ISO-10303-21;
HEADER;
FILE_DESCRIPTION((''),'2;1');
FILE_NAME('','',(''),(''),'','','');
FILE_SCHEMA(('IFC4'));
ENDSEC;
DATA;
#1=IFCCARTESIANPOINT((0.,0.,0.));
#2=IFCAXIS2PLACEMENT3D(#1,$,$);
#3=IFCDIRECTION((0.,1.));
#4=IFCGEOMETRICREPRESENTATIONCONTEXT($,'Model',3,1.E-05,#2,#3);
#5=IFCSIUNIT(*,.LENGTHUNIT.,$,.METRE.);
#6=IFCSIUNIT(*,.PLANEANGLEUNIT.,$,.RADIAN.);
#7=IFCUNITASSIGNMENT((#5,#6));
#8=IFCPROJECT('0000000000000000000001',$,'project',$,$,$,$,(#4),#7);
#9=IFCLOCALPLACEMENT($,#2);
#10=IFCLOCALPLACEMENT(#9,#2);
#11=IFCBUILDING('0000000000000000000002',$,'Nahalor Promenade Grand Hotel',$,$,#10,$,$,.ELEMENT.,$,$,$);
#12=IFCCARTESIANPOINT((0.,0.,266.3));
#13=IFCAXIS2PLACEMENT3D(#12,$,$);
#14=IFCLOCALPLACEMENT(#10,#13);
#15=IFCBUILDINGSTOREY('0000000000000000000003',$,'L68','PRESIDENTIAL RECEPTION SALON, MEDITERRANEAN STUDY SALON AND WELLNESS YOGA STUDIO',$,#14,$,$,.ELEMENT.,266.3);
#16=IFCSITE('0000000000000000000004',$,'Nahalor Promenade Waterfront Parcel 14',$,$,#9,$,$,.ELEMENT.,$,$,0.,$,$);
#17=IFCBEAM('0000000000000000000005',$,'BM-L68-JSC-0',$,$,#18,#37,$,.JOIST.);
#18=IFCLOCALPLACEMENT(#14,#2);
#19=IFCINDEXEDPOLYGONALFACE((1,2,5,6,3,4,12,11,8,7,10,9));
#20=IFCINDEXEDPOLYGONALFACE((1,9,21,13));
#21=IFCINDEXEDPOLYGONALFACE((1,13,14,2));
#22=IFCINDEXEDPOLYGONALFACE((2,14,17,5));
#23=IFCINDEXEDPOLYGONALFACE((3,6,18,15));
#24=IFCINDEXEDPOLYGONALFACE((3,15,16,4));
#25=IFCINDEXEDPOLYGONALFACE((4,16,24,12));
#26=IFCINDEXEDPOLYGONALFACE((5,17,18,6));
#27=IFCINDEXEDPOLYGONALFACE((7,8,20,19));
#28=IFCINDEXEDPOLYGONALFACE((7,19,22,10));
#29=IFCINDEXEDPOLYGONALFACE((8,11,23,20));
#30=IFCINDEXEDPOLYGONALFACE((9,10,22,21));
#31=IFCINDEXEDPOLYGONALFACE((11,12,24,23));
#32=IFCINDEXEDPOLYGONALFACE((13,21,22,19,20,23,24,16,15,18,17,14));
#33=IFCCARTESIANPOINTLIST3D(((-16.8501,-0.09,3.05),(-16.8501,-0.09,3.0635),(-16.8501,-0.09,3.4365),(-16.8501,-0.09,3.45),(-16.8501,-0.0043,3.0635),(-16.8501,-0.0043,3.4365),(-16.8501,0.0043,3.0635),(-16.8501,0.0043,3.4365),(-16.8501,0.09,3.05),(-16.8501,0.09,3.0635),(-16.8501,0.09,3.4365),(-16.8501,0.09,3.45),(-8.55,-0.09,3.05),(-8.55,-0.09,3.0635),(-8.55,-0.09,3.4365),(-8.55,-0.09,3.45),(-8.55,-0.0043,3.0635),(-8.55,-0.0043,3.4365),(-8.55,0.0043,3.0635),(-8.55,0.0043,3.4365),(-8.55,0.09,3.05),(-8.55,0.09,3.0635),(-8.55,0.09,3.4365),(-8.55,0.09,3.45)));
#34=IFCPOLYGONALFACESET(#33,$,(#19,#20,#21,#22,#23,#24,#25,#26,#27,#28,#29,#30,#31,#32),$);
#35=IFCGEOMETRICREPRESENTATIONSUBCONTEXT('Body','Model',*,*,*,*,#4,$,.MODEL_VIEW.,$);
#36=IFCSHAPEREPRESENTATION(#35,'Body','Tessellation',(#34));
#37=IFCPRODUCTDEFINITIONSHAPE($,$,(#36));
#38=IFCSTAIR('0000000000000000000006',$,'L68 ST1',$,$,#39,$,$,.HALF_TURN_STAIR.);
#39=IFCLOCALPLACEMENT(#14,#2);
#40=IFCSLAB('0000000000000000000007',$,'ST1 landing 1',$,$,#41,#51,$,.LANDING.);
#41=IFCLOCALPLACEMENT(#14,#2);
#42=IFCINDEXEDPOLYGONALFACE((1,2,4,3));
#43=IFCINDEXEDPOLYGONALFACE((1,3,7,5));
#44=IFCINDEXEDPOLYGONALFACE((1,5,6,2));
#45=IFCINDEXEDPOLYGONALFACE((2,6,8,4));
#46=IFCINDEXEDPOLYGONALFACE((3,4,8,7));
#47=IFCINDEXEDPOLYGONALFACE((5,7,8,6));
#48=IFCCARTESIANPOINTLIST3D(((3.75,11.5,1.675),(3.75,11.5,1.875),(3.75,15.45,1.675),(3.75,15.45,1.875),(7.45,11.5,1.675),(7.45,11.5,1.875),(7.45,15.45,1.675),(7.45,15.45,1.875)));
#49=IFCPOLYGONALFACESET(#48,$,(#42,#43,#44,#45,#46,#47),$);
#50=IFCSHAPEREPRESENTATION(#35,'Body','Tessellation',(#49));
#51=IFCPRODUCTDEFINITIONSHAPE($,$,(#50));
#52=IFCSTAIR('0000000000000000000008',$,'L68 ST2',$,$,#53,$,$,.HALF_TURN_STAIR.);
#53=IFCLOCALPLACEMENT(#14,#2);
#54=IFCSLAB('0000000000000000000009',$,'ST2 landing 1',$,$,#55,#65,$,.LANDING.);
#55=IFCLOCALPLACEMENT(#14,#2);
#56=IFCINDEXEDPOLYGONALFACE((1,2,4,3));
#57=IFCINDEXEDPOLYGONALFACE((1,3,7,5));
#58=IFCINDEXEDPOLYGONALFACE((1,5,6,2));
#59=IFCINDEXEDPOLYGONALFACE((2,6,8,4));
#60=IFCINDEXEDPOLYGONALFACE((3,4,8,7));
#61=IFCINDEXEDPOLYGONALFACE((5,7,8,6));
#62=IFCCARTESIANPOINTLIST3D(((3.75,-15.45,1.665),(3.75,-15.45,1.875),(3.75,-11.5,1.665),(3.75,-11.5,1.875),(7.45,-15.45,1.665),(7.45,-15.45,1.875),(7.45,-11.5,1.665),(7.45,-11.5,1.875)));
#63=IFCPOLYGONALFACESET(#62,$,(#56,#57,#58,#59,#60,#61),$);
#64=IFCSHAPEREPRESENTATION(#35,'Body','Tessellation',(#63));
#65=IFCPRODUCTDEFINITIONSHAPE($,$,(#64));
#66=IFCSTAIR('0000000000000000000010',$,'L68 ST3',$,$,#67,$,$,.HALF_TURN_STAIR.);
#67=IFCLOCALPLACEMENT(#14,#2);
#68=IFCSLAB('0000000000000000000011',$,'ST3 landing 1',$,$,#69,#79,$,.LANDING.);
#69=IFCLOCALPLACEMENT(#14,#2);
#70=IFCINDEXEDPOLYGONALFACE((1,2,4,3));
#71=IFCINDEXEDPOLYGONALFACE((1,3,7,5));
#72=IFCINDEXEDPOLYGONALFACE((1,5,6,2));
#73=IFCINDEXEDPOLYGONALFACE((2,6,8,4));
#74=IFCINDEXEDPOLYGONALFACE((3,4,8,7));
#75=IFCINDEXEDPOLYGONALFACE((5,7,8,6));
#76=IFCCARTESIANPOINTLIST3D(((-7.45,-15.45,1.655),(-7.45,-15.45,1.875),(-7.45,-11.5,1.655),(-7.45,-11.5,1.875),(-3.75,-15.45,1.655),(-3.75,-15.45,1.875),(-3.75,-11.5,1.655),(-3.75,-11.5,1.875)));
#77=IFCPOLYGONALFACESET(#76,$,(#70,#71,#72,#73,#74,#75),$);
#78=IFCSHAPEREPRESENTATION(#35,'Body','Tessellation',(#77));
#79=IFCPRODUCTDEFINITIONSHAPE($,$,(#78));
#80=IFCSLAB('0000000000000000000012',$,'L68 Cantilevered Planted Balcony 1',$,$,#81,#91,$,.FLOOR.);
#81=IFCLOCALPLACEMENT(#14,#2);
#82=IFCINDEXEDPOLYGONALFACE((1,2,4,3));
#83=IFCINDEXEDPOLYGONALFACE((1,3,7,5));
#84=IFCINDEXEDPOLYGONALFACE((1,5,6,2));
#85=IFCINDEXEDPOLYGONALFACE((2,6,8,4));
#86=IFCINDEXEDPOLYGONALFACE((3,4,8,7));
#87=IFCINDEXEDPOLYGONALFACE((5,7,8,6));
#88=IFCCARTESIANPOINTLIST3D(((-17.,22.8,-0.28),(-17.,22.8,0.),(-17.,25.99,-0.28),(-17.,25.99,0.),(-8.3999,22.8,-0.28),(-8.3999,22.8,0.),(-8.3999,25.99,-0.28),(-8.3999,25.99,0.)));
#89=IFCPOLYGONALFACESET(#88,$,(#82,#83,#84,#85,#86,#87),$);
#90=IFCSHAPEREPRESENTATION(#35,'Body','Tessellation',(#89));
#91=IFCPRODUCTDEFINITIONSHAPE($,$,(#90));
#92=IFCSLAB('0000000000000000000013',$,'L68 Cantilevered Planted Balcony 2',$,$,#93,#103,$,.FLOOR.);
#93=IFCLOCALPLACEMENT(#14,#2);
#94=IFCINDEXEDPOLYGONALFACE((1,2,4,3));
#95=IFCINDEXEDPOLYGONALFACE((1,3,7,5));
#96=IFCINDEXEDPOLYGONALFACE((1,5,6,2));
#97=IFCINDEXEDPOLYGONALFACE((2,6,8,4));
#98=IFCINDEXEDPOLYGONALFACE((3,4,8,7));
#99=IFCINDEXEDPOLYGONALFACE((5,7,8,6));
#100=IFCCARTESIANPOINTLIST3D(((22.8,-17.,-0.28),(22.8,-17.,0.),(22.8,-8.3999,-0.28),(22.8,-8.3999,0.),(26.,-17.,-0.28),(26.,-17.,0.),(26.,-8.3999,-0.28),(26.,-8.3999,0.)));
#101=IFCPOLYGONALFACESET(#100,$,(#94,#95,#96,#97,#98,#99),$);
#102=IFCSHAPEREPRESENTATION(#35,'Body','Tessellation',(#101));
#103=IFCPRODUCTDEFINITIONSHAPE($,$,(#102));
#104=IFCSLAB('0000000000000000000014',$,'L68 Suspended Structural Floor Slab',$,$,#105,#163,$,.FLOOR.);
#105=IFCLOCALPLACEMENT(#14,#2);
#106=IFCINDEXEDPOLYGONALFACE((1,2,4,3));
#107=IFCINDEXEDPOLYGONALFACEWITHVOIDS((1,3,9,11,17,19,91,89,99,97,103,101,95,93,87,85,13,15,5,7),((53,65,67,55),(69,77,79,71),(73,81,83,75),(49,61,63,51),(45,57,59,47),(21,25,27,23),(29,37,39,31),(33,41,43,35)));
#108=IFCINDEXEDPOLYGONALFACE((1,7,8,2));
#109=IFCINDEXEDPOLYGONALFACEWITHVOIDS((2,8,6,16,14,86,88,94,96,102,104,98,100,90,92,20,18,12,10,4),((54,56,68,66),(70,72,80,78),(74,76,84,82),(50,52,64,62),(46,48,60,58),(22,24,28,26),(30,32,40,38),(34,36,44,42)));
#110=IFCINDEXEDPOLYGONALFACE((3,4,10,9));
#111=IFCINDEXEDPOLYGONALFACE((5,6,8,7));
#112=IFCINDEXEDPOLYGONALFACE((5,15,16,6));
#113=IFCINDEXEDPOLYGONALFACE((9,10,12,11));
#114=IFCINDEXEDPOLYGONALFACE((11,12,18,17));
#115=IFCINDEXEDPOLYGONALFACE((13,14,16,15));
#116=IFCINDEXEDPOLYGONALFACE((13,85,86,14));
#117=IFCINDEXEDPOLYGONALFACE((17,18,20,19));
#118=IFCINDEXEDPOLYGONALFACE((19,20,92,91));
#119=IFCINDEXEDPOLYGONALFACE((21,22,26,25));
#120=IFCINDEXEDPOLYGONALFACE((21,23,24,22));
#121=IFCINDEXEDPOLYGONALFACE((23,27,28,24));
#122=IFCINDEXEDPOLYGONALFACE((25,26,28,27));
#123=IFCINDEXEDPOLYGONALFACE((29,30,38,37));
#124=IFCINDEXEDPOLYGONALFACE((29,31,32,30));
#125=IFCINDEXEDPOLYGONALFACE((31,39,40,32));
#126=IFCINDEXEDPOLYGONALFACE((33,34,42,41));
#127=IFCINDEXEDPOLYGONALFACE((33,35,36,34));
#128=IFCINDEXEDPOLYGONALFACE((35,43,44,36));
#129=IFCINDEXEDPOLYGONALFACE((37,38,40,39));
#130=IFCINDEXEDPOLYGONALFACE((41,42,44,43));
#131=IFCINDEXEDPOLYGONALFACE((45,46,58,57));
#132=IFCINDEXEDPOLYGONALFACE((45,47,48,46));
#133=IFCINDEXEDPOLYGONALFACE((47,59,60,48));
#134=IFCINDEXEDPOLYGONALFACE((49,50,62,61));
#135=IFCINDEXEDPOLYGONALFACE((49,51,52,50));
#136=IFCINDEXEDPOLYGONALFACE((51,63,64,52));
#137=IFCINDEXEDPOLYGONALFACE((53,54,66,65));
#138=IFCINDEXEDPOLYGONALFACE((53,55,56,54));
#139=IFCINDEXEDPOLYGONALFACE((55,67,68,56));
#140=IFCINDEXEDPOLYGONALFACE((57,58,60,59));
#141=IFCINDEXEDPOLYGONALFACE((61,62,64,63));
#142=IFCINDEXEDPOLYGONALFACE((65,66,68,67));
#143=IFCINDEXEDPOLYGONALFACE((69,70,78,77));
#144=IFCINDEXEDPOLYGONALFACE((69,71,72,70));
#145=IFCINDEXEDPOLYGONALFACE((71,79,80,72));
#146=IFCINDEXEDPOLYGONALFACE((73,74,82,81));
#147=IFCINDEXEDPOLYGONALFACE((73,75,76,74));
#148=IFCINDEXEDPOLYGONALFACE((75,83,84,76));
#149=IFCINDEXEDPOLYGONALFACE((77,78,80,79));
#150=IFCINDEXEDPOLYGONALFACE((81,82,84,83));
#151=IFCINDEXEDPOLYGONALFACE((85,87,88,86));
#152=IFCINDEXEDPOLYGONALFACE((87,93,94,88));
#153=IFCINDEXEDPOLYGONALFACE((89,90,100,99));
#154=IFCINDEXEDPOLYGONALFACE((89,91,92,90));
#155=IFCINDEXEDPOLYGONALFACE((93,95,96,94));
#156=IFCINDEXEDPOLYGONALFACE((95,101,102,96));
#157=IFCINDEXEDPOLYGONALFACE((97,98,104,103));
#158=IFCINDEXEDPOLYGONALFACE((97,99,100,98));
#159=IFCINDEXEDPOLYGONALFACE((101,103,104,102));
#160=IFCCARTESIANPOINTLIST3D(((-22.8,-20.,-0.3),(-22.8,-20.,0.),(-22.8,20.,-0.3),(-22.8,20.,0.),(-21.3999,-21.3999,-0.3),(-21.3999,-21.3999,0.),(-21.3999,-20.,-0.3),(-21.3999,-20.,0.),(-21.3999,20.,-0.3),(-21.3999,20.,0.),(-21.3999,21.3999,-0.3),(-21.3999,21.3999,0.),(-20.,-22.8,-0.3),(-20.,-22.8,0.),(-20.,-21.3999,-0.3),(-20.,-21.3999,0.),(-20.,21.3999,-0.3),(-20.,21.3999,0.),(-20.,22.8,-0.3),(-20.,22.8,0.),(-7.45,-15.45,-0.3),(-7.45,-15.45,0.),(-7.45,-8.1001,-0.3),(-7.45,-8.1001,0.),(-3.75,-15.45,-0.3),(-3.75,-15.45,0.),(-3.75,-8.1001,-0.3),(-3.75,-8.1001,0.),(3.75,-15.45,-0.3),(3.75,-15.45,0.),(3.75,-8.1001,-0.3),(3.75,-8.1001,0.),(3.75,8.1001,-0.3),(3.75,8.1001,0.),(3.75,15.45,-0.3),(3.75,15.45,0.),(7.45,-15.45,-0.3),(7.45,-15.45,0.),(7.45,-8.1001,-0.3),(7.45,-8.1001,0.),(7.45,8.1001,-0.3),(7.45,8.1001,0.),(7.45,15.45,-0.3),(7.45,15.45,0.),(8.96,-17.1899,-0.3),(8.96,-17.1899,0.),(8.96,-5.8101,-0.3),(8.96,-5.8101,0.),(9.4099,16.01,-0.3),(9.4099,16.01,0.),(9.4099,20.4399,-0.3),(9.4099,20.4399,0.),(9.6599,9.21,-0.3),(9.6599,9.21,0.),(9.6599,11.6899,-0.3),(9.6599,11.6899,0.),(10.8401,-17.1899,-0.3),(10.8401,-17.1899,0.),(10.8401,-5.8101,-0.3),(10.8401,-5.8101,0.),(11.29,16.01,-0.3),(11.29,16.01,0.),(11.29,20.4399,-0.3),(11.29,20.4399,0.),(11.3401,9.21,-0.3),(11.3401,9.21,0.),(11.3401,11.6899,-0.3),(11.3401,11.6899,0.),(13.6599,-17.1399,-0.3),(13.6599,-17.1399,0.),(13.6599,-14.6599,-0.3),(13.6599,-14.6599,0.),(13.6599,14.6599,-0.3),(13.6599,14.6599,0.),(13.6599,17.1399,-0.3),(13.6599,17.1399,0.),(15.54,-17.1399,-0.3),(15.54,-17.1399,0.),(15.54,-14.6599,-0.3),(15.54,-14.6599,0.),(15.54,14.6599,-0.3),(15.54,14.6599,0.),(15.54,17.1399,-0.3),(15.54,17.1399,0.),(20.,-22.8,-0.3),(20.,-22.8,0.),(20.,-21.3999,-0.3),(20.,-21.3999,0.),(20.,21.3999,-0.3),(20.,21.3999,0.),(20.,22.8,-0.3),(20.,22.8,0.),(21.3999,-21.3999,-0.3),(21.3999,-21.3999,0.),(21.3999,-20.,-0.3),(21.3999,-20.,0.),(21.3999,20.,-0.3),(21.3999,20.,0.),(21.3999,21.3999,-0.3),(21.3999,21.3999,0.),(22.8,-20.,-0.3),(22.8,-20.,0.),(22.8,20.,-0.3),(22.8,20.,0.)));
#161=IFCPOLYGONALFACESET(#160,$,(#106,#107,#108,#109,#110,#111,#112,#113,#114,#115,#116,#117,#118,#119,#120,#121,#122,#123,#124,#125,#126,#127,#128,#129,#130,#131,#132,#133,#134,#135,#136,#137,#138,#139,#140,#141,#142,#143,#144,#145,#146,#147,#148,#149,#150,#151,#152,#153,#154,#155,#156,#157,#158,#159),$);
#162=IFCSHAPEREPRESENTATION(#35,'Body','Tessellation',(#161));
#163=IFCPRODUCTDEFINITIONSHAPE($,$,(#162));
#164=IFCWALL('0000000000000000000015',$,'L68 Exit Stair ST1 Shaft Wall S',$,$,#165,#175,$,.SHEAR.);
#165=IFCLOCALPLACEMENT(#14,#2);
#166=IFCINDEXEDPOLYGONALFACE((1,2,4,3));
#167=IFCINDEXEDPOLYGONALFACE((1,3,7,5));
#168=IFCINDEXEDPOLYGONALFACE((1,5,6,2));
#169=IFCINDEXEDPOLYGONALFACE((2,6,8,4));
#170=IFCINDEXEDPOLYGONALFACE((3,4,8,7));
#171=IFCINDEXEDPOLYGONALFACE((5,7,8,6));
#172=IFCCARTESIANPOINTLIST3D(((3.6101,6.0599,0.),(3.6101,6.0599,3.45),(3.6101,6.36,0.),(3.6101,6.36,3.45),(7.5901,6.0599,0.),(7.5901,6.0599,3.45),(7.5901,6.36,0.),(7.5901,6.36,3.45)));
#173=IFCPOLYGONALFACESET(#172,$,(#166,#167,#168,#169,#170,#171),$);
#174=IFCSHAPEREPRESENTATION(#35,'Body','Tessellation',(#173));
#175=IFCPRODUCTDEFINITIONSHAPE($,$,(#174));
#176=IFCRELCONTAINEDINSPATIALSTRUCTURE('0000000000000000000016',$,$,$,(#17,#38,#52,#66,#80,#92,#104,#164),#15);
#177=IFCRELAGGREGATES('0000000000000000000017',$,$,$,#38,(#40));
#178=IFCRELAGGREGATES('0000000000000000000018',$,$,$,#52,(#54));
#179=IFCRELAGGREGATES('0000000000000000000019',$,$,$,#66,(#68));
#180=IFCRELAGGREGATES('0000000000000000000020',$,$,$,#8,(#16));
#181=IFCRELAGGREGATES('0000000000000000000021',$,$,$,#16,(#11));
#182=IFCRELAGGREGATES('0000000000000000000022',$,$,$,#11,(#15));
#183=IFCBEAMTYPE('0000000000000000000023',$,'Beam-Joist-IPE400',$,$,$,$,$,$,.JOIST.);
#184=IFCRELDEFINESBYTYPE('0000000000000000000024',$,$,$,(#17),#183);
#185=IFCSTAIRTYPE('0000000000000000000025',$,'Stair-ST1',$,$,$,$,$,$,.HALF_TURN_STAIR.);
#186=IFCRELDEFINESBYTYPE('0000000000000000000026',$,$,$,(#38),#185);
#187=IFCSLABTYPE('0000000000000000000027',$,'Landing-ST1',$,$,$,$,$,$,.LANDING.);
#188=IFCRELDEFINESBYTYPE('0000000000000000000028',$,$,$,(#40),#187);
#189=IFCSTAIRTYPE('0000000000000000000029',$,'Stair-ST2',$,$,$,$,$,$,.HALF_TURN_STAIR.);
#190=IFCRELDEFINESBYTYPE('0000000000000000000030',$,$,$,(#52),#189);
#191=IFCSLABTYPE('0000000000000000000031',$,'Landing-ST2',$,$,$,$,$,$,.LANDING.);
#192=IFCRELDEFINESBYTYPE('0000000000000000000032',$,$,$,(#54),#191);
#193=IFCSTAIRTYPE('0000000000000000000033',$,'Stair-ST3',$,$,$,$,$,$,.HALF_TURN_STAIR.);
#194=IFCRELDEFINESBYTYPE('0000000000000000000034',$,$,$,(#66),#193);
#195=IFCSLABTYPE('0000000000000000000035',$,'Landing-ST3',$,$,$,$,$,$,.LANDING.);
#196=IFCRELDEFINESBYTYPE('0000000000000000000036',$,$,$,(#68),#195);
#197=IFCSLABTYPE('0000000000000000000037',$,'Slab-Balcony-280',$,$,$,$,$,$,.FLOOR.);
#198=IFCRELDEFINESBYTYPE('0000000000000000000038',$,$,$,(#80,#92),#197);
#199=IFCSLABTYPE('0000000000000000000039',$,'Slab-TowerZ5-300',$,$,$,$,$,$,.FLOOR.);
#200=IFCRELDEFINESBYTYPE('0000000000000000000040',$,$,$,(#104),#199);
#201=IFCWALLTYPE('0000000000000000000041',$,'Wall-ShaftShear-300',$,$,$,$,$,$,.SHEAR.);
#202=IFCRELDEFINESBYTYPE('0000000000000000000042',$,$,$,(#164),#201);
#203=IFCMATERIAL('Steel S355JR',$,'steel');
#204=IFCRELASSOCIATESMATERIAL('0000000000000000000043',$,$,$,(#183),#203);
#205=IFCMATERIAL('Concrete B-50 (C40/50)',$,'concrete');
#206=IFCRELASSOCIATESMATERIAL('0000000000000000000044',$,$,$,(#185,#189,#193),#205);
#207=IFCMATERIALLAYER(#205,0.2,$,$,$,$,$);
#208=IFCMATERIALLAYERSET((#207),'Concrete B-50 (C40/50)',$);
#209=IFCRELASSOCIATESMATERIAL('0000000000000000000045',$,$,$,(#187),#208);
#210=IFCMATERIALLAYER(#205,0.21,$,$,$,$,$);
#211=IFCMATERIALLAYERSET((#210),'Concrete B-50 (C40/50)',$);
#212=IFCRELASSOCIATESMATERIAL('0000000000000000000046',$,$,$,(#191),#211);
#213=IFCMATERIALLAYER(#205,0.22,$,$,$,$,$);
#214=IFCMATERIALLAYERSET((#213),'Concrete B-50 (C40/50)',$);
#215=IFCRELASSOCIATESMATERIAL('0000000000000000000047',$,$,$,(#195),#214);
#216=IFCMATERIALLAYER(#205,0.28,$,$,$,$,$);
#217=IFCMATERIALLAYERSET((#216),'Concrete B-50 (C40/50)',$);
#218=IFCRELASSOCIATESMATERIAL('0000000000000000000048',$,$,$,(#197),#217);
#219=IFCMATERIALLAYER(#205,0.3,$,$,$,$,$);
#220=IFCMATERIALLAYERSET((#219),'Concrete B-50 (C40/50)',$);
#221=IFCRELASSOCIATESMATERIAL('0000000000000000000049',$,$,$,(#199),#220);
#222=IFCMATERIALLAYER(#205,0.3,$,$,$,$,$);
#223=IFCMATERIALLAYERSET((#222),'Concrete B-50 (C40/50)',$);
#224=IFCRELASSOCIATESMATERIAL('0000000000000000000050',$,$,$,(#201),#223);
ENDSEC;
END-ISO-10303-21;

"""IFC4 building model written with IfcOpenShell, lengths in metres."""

from ifc_helpers import new_model, si_unit, direction, frame, frame_2d, origin, origin_2d, place, context, subcontext, project, spatial, polyline, rectangle, i_section, outline, extrude, source, transform, mapped, material, layer, layer_set, material_profile, profile_set, type_object, element, aggregate, save


model = new_model("IFC4")

# Units and contexts
model_context = context("Model", 3, precision=1e-05, world=origin(), true_north=direction((0.0, 1.0)))
body_context = subcontext(model_context, "Body", "Model", "MODEL_VIEW")
ifc_project = project(units=[si_unit("LENGTHUNIT", "METRE"), si_unit("PLANEANGLEUNIT", "RADIAN")], contexts=[model_context])

# Site, building, storey
site_placement = place(None, origin())
site = spatial("IfcSite", under=ifc_project, at=site_placement, Name="Nahalor Promenade Waterfront Parcel 14", CompositionType="ELEMENT", RefElevation=0.0)
building_placement = place(site_placement, origin())
building = spatial("IfcBuilding", under=site, at=building_placement, Name="Nahalor Promenade Grand Hotel", CompositionType="ELEMENT")
storey_placement = place(building_placement, frame((0.0, 0.0, 266.3)))
storey = spatial("IfcBuildingStorey", under=building, at=storey_placement, Name="L68", Description="PRESIDENTIAL RECEPTION SALON, MEDITERRANEAN STUDY SALON AND WELLNESS YOGA STUDIO", CompositionType="ELEMENT", Elevation=266.3)

# Shared definitions
ifc_material_1 = material(Name="Concrete B-50 (C40/50)", Category="concrete")

# Beam
ifc_material_2 = material(Name="Steel S355JR", Category="steel")
ifc_material_profile_1 = material_profile(ifc_material_2, i_section(OverallWidth=0.18, OverallDepth=0.4, WebThickness=0.0086, FlangeThickness=0.0135, at=origin_2d()), Name="IPE 400")
ifc_profile_set_1 = profile_set([ifc_material_profile_1], Name="Steel S355JR")
beam_type_1 = type_object("IfcBeamType", Name="Beam-Joist-IPE400", PredefinedType="JOIST", material=ifc_profile_set_1)
shared_shape_1 = source(origin(), body_context, "Body", "SweptSolid", [
    extrude(i_section(OverallWidth=0.18, OverallDepth=0.4, WebThickness=0.0086, FlangeThickness=0.0135, at=origin_2d()), origin(), (0.0, 0.0, 1.0), 8.3),
])
for number, where, z_axis, x_axis, name in (
    (1, (-16.8501, 0.0, 3.25), (1.0, 0.0, 0.0), (0.0, 1.0, 0.0), "BM-L68-JSC-0"),
):
    element("IfcBeam", number, at=place(storey_placement, frame(where, z_axis=z_axis, x_axis=x_axis)), inside=storey, type_object=beam_type_1, Name=name, PredefinedType="JOIST", context=body_context, shape_type="MappedRepresentation", body=[
        mapped(shared_shape_1, transform((0.0, 0.0, 0.0), scale=1.0)),
    ])

# Stairs, slabs
stair_type_1 = type_object("IfcStairType", Name="Stair-ST1", PredefinedType="HALF_TURN_STAIR", material=ifc_material_1)
stair_1_placement = place(storey_placement, origin())
stair_1 = element("IfcStair", 2, at=stair_1_placement, inside=storey, type_object=stair_type_1, Name="L68 ST1", PredefinedType="HALF_TURN_STAIR")
ifc_layer_1 = layer(ifc_material_1, 0.2)
ifc_layer_set_1 = layer_set([ifc_layer_1], Name="Concrete B-50 (C40/50)")
slab_type_1 = type_object("IfcSlabType", Name="Landing-ST1", PredefinedType="LANDING", material=ifc_layer_set_1)
slab_1_placement = place(storey_placement, frame((0.0, 0.0, 1.675)))
slab_1 = element("IfcSlab", 3, at=slab_1_placement, type_object=slab_type_1, Name="ST1 landing 1", PredefinedType="LANDING", context=body_context, shape_type="SweptSolid", body=[
    extrude(outline(polyline([(7.45, 11.5), (7.45, 15.45), (3.75, 15.45), (3.75, 11.5), (7.45, 11.5)])), origin(), (0.0, 0.0, 1.0), 0.2),
])
aggregate(stair_1, [slab_1])
stair_type_2 = type_object("IfcStairType", Name="Stair-ST2", PredefinedType="HALF_TURN_STAIR", material=ifc_material_1)
stair_2_placement = place(storey_placement, origin())
stair_2 = element("IfcStair", 4, at=stair_2_placement, inside=storey, type_object=stair_type_2, Name="L68 ST2", PredefinedType="HALF_TURN_STAIR")
ifc_layer_2 = layer(ifc_material_1, 0.21)
ifc_layer_set_2 = layer_set([ifc_layer_2], Name="Concrete B-50 (C40/50)")
slab_type_2 = type_object("IfcSlabType", Name="Landing-ST2", PredefinedType="LANDING", material=ifc_layer_set_2)
slab_2_placement = place(storey_placement, frame((0.0, 0.0, 1.665)))
slab_2 = element("IfcSlab", 5, at=slab_2_placement, type_object=slab_type_2, Name="ST2 landing 1", PredefinedType="LANDING", context=body_context, shape_type="SweptSolid", body=[
    extrude(outline(polyline([(3.75, -11.5), (3.75, -15.45), (7.45, -15.45), (7.45, -11.5), (3.75, -11.5)])), origin(), (0.0, 0.0, 1.0), 0.21),
])
aggregate(stair_2, [slab_2])
stair_type_3 = type_object("IfcStairType", Name="Stair-ST3", PredefinedType="HALF_TURN_STAIR", material=ifc_material_1)
stair_3_placement = place(storey_placement, origin())
stair_3 = element("IfcStair", 6, at=stair_3_placement, inside=storey, type_object=stair_type_3, Name="L68 ST3", PredefinedType="HALF_TURN_STAIR")
ifc_layer_3 = layer(ifc_material_1, 0.22)
ifc_layer_set_3 = layer_set([ifc_layer_3], Name="Concrete B-50 (C40/50)")
slab_type_3 = type_object("IfcSlabType", Name="Landing-ST3", PredefinedType="LANDING", material=ifc_layer_set_3)
slab_3_placement = place(storey_placement, frame((0.0, 0.0, 1.655)))
slab_3 = element("IfcSlab", 7, at=slab_3_placement, type_object=slab_type_3, Name="ST3 landing 1", PredefinedType="LANDING", context=body_context, shape_type="SweptSolid", body=[
    extrude(outline(polyline([(-7.45, -11.5), (-7.45, -15.45), (-3.75, -15.45), (-3.75, -11.5), (-7.45, -11.5)])), origin(), (0.0, 0.0, 1.0), 0.22),
])
aggregate(stair_3, [slab_3])

# Slabs
ifc_layer_4 = layer(ifc_material_1, 0.28)
ifc_layer_set_4 = layer_set([ifc_layer_4], Name="Concrete B-50 (C40/50)")
slab_type_4 = type_object("IfcSlabType", Name="Slab-Balcony-280", PredefinedType="FLOOR", material=ifc_layer_set_4)
slab_4_placement = place(storey_placement, frame((0.0, 0.0, -0.28)))
element("IfcSlab", 8, at=slab_4_placement, inside=storey, type_object=slab_type_4, Name="L68 Cantilevered Planted Balcony 1", PredefinedType="FLOOR", context=body_context, shape_type="SweptSolid", body=[
    extrude(outline(polyline([(-17.0, 22.8), (-8.3999, 22.8), (-8.3999, 25.99), (-17.0, 25.99), (-17.0, 22.8)])), origin(), (0.0, 0.0, 1.0), 0.28),
])
slab_5_placement = place(storey_placement, frame((0.0, 0.0, -0.28)))
element("IfcSlab", 9, at=slab_5_placement, inside=storey, type_object=slab_type_4, Name="L68 Cantilevered Planted Balcony 2", PredefinedType="FLOOR", context=body_context, shape_type="SweptSolid", body=[
    extrude(outline(polyline([(22.8, -17.0), (26.0, -17.0), (26.0, -8.3999), (22.8, -8.3999), (22.8, -17.0)])), origin(), (0.0, 0.0, 1.0), 0.28),
])
ifc_layer_5 = layer(ifc_material_1, 0.3)
ifc_layer_set_5 = layer_set([ifc_layer_5], Name="Concrete B-50 (C40/50)")
slab_type_5 = type_object("IfcSlabType", Name="Slab-TowerZ5-300", PredefinedType="FLOOR", material=ifc_layer_set_5)
slab_6_placement = place(storey_placement, frame((0.0, 0.0, -0.3)))
element("IfcSlab", 10, at=slab_6_placement, inside=storey, type_object=slab_type_5, Name="L68 Suspended Structural Floor Slab", PredefinedType="FLOOR", context=body_context, shape_type="SweptSolid", body=[
    extrude(outline(polyline([(-20.0, -22.8), (20.0, -22.8), (20.0, -21.3999), (21.3999, -21.3999), (21.3999, -20.0), (22.8, -20.0), (22.8, 20.0), (21.3999, 20.0), (21.3999, 21.3999), (20.0, 21.3999), (20.0, 22.8), (-20.0, 22.8), (-20.0, 21.3999), (-21.3999, 21.3999), (-21.3999, 20.0), (-22.8, 20.0), (-22.8, -20.0), (-21.3999, -20.0), (-21.3999, -21.3999), (-20.0, -21.3999), (-20.0, -22.8)]), holes=[polyline([(3.75, 8.1001), (7.45, 8.1001), (7.45, 15.45), (3.75, 15.45), (3.75, 8.1001)]), polyline([(3.75, -15.45), (7.45, -15.45), (7.45, -8.1001), (3.75, -8.1001), (3.75, -15.45)]), polyline([(-7.45, -15.45), (-3.75, -15.45), (-3.75, -8.1001), (-7.45, -8.1001), (-7.45, -15.45)]), polyline([(8.96, -17.1899), (10.8401, -17.1899), (10.8401, -5.8101), (8.96, -5.8101), (8.96, -17.1899)]), polyline([(9.4099, 16.01), (11.29, 16.01), (11.29, 20.4399), (9.4099, 20.4399), (9.4099, 16.01)]), polyline([(9.6599, 9.21), (11.3401, 9.21), (11.3401, 11.6899), (9.6599, 11.6899), (9.6599, 9.21)]), polyline([(13.6599, 14.6599), (15.54, 14.6599), (15.54, 17.1399), (13.6599, 17.1399), (13.6599, 14.6599)]), polyline([(13.6599, -17.1399), (15.54, -17.1399), (15.54, -14.6599), (13.6599, -14.6599), (13.6599, -17.1399)])]), origin(), (0.0, 0.0, 1.0), 0.3),
])

# Wall
ifc_layer_6 = layer(ifc_material_1, 0.3)
ifc_layer_set_6 = layer_set([ifc_layer_6], Name="Concrete B-50 (C40/50)")
wall_type_1 = type_object("IfcWallType", Name="Wall-ShaftShear-300", PredefinedType="SHEAR", material=ifc_layer_set_6)
shared_shape_2 = source(origin(), body_context, "Body", "SweptSolid", [
    extrude(rectangle(XDim=3.98, YDim=0.3, at=frame_2d((1.99, 0.0))), origin(), (0.0, 0.0, 1.0), 3.45),
])
for number, where, z_axis, x_axis, name in (
    (11, (3.6101, 6.21, 0.0), (0.0, 0.0, 1.0), (1.0, 0.0, 0.0), "L68 Exit Stair ST1 Shaft Wall S"),
):
    element("IfcWall", number, at=place(storey_placement, frame(where, z_axis=z_axis, x_axis=x_axis)), inside=storey, type_object=wall_type_1, Name=name, PredefinedType="SHEAR", context=body_context, shape_type="MappedRepresentation", body=[
        mapped(shared_shape_2, transform((0.0, 0.0, 0.0), scale=1.0)),
    ])

save(model, "model.ifc")
